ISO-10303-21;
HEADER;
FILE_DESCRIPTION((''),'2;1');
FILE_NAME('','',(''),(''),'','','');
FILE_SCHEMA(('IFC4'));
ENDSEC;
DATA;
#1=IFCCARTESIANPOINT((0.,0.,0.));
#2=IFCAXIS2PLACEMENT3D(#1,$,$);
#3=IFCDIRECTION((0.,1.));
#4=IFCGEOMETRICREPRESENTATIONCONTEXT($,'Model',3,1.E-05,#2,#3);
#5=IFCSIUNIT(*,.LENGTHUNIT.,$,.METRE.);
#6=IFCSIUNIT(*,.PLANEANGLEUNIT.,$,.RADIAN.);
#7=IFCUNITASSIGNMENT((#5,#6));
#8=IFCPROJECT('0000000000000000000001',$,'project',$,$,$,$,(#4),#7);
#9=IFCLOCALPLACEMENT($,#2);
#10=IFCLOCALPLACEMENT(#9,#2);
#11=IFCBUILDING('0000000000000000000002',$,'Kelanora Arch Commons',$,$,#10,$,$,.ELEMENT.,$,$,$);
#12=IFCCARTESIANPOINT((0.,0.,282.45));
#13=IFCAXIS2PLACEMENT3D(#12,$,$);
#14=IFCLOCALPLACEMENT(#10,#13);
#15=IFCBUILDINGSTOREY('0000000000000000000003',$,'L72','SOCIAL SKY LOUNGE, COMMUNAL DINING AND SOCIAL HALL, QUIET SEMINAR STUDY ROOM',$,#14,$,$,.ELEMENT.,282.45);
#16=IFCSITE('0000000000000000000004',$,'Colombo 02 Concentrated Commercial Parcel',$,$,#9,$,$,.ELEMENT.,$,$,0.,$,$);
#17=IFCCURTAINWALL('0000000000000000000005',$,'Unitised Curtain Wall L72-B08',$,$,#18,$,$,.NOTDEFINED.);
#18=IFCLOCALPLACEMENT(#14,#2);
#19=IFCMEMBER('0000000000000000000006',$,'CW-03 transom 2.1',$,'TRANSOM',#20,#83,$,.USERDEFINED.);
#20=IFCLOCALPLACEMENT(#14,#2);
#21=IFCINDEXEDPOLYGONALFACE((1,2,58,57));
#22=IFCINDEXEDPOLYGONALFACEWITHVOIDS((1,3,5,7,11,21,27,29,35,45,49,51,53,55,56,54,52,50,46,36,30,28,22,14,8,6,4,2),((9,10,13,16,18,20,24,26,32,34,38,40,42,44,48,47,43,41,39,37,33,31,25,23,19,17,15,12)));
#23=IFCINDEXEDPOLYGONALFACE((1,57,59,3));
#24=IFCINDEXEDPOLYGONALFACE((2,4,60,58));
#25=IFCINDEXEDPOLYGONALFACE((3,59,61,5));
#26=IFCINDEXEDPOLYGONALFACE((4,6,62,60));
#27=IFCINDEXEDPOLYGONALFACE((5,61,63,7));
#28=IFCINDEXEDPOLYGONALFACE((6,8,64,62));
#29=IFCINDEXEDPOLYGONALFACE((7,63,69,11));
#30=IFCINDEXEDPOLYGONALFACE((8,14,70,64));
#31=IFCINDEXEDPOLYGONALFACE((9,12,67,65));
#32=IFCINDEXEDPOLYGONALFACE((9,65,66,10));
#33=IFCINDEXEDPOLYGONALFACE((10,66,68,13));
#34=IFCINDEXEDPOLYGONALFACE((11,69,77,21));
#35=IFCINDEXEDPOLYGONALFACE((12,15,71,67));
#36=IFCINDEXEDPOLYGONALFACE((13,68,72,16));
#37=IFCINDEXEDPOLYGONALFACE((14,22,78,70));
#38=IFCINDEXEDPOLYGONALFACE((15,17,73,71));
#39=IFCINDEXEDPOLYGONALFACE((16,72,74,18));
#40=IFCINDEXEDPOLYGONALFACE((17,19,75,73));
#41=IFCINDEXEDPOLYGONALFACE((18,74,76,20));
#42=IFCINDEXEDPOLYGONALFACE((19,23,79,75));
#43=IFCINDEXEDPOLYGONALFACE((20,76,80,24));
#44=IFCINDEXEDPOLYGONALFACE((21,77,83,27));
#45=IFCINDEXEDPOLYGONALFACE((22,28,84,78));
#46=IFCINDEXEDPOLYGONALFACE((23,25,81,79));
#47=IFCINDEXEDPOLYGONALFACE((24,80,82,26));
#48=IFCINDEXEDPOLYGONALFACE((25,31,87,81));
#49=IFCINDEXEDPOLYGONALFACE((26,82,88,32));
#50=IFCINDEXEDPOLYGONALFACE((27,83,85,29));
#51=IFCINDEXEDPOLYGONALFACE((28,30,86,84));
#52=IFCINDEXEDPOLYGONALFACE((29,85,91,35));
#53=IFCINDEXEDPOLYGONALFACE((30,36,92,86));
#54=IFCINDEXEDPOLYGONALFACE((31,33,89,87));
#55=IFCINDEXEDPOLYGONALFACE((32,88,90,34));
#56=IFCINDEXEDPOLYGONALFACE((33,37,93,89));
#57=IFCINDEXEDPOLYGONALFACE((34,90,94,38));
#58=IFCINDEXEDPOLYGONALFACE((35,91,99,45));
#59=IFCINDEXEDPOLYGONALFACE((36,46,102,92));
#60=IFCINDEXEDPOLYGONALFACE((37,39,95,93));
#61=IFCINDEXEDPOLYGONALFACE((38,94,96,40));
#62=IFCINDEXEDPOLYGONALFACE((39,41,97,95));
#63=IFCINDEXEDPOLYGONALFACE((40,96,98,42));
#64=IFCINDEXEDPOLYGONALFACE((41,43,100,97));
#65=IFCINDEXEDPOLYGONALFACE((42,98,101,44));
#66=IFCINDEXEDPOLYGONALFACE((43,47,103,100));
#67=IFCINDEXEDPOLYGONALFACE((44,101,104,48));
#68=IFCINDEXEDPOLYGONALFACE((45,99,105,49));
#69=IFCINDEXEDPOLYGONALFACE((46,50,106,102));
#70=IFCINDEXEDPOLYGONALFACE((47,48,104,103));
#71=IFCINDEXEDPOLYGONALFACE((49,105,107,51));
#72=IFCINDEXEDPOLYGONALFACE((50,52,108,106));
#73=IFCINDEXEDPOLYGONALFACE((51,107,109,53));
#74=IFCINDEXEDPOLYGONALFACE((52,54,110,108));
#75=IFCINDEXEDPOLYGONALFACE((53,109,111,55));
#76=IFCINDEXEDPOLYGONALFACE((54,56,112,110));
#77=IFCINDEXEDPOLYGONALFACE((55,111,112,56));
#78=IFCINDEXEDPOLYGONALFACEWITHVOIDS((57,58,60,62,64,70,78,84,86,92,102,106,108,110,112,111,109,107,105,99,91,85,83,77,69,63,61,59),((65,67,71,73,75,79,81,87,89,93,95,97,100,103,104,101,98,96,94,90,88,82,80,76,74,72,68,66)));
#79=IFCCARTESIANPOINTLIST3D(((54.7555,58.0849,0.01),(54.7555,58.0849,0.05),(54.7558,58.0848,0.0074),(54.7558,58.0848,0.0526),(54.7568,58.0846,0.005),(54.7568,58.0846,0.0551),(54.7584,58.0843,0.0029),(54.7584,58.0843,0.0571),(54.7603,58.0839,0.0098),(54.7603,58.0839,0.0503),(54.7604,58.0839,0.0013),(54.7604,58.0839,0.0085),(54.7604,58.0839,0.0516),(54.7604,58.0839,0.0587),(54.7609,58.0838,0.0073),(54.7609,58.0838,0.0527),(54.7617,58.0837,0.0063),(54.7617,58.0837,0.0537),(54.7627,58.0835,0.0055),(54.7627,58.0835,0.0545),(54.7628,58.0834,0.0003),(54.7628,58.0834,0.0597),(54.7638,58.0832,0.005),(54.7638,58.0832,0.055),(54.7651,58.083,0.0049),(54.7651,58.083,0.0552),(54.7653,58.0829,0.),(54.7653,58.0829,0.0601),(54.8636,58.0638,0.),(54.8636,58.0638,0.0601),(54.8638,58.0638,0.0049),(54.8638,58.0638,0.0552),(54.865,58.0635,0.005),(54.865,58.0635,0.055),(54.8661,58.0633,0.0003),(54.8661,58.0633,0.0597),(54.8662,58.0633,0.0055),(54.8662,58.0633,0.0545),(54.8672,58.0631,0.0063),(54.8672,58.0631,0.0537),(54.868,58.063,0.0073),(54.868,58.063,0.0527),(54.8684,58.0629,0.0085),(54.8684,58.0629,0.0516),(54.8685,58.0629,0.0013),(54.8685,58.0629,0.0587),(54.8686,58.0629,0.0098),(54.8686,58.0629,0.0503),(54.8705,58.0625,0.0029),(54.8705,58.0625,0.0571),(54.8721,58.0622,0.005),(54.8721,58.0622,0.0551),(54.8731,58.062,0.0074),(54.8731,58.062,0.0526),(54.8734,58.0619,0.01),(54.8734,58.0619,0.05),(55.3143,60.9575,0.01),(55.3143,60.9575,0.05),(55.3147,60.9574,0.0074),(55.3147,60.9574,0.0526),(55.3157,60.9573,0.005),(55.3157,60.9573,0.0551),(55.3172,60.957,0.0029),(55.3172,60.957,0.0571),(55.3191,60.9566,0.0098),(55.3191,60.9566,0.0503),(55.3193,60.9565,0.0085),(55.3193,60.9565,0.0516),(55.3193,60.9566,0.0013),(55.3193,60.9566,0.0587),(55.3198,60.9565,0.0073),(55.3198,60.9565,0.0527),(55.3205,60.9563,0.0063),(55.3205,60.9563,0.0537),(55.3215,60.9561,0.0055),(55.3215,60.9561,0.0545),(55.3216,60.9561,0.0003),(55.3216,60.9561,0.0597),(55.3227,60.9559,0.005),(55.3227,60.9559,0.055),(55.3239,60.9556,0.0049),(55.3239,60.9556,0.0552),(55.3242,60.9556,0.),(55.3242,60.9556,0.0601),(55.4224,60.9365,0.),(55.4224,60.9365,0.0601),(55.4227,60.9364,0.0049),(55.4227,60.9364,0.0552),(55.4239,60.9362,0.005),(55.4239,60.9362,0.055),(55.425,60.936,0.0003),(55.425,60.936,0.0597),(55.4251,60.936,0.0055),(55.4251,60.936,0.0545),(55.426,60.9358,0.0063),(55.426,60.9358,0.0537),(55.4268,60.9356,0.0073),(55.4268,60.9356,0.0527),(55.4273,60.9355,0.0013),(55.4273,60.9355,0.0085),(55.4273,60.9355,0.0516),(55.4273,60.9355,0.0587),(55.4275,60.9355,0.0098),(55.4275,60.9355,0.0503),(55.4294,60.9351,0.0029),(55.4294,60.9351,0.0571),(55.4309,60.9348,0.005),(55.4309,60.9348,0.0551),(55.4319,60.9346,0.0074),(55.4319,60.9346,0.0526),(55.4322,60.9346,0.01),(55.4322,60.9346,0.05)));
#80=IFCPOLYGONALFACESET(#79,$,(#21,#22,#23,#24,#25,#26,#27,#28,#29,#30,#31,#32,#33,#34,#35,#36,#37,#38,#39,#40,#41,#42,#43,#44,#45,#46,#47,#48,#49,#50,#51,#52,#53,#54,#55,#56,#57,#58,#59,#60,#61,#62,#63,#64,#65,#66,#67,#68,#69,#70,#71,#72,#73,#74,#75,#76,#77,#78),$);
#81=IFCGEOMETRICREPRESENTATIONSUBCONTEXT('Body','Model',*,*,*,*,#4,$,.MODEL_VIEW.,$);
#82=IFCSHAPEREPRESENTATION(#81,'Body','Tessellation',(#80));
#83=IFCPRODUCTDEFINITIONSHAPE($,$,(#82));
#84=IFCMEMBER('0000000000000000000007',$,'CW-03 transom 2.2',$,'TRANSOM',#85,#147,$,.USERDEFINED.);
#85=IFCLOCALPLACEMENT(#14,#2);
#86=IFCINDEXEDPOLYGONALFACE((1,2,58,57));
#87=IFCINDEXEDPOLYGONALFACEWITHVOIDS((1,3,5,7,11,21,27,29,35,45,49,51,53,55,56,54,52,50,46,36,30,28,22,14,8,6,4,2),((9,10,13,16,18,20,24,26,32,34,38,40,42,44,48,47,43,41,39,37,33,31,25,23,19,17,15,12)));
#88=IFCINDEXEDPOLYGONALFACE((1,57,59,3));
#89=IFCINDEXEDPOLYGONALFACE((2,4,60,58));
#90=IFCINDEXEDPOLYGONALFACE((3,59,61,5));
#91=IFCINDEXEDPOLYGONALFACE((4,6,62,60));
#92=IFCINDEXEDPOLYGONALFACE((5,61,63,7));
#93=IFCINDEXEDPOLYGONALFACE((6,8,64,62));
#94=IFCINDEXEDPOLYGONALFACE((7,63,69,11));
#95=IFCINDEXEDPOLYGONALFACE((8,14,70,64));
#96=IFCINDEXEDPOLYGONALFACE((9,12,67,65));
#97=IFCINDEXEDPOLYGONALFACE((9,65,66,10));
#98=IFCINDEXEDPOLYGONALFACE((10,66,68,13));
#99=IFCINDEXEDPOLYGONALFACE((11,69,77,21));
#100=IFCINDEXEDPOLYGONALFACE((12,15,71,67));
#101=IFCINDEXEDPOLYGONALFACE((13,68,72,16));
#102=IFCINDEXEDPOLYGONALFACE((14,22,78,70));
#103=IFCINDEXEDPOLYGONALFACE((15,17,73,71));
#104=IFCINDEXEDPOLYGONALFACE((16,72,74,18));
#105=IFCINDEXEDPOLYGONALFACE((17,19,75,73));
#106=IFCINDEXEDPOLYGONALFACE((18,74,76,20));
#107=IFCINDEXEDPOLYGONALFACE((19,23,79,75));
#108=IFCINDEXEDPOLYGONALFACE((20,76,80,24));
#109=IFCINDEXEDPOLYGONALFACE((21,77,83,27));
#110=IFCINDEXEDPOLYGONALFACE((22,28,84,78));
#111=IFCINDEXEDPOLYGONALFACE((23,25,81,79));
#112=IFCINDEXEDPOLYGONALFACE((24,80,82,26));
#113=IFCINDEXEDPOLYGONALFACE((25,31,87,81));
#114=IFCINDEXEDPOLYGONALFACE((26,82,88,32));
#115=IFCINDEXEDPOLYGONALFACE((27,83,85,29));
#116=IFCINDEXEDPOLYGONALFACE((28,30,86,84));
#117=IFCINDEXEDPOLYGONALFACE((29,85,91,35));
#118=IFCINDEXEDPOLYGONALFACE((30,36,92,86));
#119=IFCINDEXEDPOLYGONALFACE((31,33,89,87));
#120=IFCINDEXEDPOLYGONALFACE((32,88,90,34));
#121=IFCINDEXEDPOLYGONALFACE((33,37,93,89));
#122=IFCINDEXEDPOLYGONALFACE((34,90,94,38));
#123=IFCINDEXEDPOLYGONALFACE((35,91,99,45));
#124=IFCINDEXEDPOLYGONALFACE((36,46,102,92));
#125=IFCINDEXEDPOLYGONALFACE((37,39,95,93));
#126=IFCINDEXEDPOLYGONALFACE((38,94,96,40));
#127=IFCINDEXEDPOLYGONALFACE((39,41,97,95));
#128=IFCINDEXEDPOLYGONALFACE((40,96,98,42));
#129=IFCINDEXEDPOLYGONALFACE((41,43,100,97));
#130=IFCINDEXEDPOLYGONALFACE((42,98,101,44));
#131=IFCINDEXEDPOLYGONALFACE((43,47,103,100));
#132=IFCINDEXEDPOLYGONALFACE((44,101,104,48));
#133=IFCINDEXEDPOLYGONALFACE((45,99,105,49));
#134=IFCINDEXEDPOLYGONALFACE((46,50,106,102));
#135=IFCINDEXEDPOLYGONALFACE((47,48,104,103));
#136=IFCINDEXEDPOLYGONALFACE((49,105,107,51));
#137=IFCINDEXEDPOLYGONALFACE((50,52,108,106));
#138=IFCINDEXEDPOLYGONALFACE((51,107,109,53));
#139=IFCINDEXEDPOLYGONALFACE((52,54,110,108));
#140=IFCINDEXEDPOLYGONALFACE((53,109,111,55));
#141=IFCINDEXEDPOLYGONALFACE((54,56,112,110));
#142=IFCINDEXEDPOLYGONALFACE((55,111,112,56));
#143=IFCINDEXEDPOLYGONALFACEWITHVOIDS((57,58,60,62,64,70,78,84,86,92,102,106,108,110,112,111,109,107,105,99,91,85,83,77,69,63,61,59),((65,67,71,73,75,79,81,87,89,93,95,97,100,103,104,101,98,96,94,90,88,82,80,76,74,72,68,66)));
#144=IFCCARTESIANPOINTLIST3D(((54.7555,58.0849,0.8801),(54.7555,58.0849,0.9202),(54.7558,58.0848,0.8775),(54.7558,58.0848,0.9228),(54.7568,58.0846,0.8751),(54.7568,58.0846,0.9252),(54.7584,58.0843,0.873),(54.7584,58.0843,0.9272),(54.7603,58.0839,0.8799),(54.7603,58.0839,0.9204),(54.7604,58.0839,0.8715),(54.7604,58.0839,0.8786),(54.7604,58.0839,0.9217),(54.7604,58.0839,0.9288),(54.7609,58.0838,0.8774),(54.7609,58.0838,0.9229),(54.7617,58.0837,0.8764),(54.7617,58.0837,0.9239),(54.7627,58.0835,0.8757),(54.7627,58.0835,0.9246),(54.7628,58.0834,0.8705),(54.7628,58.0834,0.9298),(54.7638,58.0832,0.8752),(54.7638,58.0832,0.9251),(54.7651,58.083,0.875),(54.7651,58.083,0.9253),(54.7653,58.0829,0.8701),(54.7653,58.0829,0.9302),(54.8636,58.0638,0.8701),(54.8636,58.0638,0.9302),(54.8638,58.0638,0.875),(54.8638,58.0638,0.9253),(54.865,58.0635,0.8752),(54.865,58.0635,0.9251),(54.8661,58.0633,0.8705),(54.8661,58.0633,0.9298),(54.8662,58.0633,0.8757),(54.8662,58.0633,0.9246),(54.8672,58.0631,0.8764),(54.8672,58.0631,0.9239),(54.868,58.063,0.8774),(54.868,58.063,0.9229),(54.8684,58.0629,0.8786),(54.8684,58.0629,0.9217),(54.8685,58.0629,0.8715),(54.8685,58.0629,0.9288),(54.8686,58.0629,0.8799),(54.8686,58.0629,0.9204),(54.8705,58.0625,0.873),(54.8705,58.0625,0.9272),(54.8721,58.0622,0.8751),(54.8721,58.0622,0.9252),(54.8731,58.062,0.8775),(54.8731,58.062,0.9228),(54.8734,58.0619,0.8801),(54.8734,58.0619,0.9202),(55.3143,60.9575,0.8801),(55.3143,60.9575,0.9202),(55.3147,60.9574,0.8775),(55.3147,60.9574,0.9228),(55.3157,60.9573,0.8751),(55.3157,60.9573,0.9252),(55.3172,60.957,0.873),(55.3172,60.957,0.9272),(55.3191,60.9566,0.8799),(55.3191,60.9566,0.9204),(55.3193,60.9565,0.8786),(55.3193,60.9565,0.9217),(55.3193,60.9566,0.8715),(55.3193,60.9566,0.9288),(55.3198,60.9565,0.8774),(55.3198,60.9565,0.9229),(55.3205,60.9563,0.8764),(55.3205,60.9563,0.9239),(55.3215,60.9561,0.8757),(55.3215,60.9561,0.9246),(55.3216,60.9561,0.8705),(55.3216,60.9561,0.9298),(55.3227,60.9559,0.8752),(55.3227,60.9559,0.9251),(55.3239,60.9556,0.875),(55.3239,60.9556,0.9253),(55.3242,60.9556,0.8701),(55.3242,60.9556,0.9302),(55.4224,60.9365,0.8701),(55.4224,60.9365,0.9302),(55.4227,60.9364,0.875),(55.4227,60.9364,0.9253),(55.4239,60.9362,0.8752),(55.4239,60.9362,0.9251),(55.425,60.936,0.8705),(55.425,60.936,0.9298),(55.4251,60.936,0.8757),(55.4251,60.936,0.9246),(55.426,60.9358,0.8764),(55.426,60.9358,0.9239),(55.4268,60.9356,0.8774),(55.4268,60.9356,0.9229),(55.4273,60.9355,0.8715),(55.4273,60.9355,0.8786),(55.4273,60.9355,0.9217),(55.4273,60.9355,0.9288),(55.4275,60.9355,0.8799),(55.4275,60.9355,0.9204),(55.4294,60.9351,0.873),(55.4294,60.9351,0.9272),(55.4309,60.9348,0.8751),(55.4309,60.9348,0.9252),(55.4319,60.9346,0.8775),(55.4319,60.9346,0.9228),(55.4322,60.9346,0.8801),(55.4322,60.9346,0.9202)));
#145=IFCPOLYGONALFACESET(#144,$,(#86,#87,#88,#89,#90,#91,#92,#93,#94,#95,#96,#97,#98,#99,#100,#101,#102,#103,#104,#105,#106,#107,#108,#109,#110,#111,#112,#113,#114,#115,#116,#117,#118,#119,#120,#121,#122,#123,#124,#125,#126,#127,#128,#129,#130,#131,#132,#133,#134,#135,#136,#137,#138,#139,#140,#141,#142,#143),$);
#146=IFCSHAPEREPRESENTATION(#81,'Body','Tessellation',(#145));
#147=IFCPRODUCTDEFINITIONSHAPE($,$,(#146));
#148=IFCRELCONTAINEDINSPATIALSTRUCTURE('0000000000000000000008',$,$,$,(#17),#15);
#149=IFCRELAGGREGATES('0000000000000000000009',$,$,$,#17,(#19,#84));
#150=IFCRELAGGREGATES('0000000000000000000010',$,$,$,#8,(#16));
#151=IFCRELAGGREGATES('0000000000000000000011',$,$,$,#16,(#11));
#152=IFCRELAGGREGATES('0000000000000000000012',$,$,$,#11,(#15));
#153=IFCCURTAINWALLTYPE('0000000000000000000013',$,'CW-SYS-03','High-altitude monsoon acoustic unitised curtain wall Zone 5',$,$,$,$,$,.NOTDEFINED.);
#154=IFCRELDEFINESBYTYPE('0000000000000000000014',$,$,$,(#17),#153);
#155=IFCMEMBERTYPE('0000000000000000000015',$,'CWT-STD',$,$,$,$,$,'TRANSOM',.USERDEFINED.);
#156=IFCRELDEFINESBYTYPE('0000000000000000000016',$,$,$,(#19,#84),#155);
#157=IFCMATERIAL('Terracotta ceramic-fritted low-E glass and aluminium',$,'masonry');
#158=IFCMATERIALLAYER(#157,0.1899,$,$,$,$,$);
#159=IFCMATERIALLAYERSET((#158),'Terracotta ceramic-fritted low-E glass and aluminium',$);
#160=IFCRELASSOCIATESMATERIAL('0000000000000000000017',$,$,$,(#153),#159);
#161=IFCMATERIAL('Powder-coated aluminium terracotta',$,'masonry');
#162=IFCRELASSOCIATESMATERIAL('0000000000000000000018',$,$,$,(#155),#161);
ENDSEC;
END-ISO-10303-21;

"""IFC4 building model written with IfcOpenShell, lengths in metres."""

from ifc_helpers import new_model, si_unit, direction, frame, origin, origin_2d, place, context, subcontext, project, spatial, hollow_rectangle, extrude, material, layer, layer_set, material_profile, profile_set, type_object, element, aggregate, save


model = new_model("IFC4")

# Units and contexts
model_context = context("Model", 3, precision=1e-05, world=origin(), true_north=direction((0.0, 1.0)))
body_context = subcontext(model_context, "Body", "Model", "MODEL_VIEW")
ifc_project = project(units=[si_unit("LENGTHUNIT", "METRE"), si_unit("PLANEANGLEUNIT", "RADIAN")], contexts=[model_context])

# Site, building, storey
site_placement = place(None, origin())
site = spatial("IfcSite", under=ifc_project, at=site_placement, Name="Colombo 02 Concentrated Commercial Parcel", CompositionType="ELEMENT", RefElevation=0.0)
building_placement = place(site_placement, origin())
building = spatial("IfcBuilding", under=site, at=building_placement, Name="Kelanora Arch Commons", CompositionType="ELEMENT")
storey_placement = place(building_placement, frame((0.0, 0.0, 282.45)))
storey = spatial("IfcBuildingStorey", under=building, at=storey_placement, Name="L72", Description="SOCIAL SKY LOUNGE, COMMUNAL DINING AND SOCIAL HALL, QUIET SEMINAR STUDY ROOM", CompositionType="ELEMENT", Elevation=282.45)

# Curtain wall, members
ifc_material_1 = material(Name="Terracotta ceramic-fritted low-E glass and aluminium", Category="masonry")
ifc_layer_1 = layer(ifc_material_1, 0.1899)
ifc_layer_set_1 = layer_set([ifc_layer_1], Name="Terracotta ceramic-fritted low-E glass and aluminium")
curtain_wall_type = type_object("IfcCurtainWallType", Name="CW-SYS-03", Description="High-altitude monsoon acoustic unitised curtain wall Zone 5", PredefinedType="NOTDEFINED", material=ifc_layer_set_1)
curtain_wall_placement = place(storey_placement, origin())
curtain_wall = element("IfcCurtainWall", 1, at=curtain_wall_placement, inside=storey, type_object=curtain_wall_type, Name="Unitised Curtain Wall L72-B08", PredefinedType="NOTDEFINED")
ifc_material_2 = material(Name="Powder-coated aluminium terracotta", Category="masonry")
ifc_material_profile_1 = material_profile(ifc_material_2, hollow_rectangle(XDim=0.1201, YDim=0.0601, WallThickness=0.0049, InnerFilletRadius=0.0049, OuterFilletRadius=0.01, at=origin_2d()), Name="CWT120x60")
ifc_profile_set_1 = profile_set([ifc_material_profile_1], Name="Powder-coated aluminium terracotta")
member_type_1 = type_object("IfcMemberType", Name="CWT-STD", ElementType="TRANSOM", PredefinedType="USERDEFINED", material=ifc_profile_set_1)
member_1_placement = place(storey_placement, frame((55.3733, 60.946, 0.03), z_axis=(-0.190963, -0.981597, 0.0), x_axis=(0.981597, -0.190963, 0.0)))
member_1 = element("IfcMember", 2, at=member_1_placement, type_object=member_type_1, Name="CW-03 transom 2.1", ObjectType="TRANSOM", PredefinedType="USERDEFINED", context=body_context, shape_type="SweptSolid", body=[
    extrude(hollow_rectangle(XDim=0.1201, YDim=0.0601, WallThickness=0.0049, InnerFilletRadius=0.0049, OuterFilletRadius=0.01, at=origin_2d()), origin(), (0.0, 0.0, 1.0), 2.9265),
])
member_2_placement = place(storey_placement, frame((55.3733, 60.946, 0.9001), z_axis=(-0.190963, -0.981597, 0.0), x_axis=(0.981597, -0.190963, 0.0)))
member_2 = element("IfcMember", 3, at=member_2_placement, type_object=member_type_1, Name="CW-03 transom 2.2", ObjectType="TRANSOM", PredefinedType="USERDEFINED", context=body_context, shape_type="SweptSolid", body=[
    extrude(hollow_rectangle(XDim=0.1201, YDim=0.0601, WallThickness=0.0049, InnerFilletRadius=0.0049, OuterFilletRadius=0.01, at=origin_2d()), origin(), (0.0, 0.0, 1.0), 2.9265),
])
aggregate(curtain_wall, [member_1, member_2])

save(model, "model.ifc")
